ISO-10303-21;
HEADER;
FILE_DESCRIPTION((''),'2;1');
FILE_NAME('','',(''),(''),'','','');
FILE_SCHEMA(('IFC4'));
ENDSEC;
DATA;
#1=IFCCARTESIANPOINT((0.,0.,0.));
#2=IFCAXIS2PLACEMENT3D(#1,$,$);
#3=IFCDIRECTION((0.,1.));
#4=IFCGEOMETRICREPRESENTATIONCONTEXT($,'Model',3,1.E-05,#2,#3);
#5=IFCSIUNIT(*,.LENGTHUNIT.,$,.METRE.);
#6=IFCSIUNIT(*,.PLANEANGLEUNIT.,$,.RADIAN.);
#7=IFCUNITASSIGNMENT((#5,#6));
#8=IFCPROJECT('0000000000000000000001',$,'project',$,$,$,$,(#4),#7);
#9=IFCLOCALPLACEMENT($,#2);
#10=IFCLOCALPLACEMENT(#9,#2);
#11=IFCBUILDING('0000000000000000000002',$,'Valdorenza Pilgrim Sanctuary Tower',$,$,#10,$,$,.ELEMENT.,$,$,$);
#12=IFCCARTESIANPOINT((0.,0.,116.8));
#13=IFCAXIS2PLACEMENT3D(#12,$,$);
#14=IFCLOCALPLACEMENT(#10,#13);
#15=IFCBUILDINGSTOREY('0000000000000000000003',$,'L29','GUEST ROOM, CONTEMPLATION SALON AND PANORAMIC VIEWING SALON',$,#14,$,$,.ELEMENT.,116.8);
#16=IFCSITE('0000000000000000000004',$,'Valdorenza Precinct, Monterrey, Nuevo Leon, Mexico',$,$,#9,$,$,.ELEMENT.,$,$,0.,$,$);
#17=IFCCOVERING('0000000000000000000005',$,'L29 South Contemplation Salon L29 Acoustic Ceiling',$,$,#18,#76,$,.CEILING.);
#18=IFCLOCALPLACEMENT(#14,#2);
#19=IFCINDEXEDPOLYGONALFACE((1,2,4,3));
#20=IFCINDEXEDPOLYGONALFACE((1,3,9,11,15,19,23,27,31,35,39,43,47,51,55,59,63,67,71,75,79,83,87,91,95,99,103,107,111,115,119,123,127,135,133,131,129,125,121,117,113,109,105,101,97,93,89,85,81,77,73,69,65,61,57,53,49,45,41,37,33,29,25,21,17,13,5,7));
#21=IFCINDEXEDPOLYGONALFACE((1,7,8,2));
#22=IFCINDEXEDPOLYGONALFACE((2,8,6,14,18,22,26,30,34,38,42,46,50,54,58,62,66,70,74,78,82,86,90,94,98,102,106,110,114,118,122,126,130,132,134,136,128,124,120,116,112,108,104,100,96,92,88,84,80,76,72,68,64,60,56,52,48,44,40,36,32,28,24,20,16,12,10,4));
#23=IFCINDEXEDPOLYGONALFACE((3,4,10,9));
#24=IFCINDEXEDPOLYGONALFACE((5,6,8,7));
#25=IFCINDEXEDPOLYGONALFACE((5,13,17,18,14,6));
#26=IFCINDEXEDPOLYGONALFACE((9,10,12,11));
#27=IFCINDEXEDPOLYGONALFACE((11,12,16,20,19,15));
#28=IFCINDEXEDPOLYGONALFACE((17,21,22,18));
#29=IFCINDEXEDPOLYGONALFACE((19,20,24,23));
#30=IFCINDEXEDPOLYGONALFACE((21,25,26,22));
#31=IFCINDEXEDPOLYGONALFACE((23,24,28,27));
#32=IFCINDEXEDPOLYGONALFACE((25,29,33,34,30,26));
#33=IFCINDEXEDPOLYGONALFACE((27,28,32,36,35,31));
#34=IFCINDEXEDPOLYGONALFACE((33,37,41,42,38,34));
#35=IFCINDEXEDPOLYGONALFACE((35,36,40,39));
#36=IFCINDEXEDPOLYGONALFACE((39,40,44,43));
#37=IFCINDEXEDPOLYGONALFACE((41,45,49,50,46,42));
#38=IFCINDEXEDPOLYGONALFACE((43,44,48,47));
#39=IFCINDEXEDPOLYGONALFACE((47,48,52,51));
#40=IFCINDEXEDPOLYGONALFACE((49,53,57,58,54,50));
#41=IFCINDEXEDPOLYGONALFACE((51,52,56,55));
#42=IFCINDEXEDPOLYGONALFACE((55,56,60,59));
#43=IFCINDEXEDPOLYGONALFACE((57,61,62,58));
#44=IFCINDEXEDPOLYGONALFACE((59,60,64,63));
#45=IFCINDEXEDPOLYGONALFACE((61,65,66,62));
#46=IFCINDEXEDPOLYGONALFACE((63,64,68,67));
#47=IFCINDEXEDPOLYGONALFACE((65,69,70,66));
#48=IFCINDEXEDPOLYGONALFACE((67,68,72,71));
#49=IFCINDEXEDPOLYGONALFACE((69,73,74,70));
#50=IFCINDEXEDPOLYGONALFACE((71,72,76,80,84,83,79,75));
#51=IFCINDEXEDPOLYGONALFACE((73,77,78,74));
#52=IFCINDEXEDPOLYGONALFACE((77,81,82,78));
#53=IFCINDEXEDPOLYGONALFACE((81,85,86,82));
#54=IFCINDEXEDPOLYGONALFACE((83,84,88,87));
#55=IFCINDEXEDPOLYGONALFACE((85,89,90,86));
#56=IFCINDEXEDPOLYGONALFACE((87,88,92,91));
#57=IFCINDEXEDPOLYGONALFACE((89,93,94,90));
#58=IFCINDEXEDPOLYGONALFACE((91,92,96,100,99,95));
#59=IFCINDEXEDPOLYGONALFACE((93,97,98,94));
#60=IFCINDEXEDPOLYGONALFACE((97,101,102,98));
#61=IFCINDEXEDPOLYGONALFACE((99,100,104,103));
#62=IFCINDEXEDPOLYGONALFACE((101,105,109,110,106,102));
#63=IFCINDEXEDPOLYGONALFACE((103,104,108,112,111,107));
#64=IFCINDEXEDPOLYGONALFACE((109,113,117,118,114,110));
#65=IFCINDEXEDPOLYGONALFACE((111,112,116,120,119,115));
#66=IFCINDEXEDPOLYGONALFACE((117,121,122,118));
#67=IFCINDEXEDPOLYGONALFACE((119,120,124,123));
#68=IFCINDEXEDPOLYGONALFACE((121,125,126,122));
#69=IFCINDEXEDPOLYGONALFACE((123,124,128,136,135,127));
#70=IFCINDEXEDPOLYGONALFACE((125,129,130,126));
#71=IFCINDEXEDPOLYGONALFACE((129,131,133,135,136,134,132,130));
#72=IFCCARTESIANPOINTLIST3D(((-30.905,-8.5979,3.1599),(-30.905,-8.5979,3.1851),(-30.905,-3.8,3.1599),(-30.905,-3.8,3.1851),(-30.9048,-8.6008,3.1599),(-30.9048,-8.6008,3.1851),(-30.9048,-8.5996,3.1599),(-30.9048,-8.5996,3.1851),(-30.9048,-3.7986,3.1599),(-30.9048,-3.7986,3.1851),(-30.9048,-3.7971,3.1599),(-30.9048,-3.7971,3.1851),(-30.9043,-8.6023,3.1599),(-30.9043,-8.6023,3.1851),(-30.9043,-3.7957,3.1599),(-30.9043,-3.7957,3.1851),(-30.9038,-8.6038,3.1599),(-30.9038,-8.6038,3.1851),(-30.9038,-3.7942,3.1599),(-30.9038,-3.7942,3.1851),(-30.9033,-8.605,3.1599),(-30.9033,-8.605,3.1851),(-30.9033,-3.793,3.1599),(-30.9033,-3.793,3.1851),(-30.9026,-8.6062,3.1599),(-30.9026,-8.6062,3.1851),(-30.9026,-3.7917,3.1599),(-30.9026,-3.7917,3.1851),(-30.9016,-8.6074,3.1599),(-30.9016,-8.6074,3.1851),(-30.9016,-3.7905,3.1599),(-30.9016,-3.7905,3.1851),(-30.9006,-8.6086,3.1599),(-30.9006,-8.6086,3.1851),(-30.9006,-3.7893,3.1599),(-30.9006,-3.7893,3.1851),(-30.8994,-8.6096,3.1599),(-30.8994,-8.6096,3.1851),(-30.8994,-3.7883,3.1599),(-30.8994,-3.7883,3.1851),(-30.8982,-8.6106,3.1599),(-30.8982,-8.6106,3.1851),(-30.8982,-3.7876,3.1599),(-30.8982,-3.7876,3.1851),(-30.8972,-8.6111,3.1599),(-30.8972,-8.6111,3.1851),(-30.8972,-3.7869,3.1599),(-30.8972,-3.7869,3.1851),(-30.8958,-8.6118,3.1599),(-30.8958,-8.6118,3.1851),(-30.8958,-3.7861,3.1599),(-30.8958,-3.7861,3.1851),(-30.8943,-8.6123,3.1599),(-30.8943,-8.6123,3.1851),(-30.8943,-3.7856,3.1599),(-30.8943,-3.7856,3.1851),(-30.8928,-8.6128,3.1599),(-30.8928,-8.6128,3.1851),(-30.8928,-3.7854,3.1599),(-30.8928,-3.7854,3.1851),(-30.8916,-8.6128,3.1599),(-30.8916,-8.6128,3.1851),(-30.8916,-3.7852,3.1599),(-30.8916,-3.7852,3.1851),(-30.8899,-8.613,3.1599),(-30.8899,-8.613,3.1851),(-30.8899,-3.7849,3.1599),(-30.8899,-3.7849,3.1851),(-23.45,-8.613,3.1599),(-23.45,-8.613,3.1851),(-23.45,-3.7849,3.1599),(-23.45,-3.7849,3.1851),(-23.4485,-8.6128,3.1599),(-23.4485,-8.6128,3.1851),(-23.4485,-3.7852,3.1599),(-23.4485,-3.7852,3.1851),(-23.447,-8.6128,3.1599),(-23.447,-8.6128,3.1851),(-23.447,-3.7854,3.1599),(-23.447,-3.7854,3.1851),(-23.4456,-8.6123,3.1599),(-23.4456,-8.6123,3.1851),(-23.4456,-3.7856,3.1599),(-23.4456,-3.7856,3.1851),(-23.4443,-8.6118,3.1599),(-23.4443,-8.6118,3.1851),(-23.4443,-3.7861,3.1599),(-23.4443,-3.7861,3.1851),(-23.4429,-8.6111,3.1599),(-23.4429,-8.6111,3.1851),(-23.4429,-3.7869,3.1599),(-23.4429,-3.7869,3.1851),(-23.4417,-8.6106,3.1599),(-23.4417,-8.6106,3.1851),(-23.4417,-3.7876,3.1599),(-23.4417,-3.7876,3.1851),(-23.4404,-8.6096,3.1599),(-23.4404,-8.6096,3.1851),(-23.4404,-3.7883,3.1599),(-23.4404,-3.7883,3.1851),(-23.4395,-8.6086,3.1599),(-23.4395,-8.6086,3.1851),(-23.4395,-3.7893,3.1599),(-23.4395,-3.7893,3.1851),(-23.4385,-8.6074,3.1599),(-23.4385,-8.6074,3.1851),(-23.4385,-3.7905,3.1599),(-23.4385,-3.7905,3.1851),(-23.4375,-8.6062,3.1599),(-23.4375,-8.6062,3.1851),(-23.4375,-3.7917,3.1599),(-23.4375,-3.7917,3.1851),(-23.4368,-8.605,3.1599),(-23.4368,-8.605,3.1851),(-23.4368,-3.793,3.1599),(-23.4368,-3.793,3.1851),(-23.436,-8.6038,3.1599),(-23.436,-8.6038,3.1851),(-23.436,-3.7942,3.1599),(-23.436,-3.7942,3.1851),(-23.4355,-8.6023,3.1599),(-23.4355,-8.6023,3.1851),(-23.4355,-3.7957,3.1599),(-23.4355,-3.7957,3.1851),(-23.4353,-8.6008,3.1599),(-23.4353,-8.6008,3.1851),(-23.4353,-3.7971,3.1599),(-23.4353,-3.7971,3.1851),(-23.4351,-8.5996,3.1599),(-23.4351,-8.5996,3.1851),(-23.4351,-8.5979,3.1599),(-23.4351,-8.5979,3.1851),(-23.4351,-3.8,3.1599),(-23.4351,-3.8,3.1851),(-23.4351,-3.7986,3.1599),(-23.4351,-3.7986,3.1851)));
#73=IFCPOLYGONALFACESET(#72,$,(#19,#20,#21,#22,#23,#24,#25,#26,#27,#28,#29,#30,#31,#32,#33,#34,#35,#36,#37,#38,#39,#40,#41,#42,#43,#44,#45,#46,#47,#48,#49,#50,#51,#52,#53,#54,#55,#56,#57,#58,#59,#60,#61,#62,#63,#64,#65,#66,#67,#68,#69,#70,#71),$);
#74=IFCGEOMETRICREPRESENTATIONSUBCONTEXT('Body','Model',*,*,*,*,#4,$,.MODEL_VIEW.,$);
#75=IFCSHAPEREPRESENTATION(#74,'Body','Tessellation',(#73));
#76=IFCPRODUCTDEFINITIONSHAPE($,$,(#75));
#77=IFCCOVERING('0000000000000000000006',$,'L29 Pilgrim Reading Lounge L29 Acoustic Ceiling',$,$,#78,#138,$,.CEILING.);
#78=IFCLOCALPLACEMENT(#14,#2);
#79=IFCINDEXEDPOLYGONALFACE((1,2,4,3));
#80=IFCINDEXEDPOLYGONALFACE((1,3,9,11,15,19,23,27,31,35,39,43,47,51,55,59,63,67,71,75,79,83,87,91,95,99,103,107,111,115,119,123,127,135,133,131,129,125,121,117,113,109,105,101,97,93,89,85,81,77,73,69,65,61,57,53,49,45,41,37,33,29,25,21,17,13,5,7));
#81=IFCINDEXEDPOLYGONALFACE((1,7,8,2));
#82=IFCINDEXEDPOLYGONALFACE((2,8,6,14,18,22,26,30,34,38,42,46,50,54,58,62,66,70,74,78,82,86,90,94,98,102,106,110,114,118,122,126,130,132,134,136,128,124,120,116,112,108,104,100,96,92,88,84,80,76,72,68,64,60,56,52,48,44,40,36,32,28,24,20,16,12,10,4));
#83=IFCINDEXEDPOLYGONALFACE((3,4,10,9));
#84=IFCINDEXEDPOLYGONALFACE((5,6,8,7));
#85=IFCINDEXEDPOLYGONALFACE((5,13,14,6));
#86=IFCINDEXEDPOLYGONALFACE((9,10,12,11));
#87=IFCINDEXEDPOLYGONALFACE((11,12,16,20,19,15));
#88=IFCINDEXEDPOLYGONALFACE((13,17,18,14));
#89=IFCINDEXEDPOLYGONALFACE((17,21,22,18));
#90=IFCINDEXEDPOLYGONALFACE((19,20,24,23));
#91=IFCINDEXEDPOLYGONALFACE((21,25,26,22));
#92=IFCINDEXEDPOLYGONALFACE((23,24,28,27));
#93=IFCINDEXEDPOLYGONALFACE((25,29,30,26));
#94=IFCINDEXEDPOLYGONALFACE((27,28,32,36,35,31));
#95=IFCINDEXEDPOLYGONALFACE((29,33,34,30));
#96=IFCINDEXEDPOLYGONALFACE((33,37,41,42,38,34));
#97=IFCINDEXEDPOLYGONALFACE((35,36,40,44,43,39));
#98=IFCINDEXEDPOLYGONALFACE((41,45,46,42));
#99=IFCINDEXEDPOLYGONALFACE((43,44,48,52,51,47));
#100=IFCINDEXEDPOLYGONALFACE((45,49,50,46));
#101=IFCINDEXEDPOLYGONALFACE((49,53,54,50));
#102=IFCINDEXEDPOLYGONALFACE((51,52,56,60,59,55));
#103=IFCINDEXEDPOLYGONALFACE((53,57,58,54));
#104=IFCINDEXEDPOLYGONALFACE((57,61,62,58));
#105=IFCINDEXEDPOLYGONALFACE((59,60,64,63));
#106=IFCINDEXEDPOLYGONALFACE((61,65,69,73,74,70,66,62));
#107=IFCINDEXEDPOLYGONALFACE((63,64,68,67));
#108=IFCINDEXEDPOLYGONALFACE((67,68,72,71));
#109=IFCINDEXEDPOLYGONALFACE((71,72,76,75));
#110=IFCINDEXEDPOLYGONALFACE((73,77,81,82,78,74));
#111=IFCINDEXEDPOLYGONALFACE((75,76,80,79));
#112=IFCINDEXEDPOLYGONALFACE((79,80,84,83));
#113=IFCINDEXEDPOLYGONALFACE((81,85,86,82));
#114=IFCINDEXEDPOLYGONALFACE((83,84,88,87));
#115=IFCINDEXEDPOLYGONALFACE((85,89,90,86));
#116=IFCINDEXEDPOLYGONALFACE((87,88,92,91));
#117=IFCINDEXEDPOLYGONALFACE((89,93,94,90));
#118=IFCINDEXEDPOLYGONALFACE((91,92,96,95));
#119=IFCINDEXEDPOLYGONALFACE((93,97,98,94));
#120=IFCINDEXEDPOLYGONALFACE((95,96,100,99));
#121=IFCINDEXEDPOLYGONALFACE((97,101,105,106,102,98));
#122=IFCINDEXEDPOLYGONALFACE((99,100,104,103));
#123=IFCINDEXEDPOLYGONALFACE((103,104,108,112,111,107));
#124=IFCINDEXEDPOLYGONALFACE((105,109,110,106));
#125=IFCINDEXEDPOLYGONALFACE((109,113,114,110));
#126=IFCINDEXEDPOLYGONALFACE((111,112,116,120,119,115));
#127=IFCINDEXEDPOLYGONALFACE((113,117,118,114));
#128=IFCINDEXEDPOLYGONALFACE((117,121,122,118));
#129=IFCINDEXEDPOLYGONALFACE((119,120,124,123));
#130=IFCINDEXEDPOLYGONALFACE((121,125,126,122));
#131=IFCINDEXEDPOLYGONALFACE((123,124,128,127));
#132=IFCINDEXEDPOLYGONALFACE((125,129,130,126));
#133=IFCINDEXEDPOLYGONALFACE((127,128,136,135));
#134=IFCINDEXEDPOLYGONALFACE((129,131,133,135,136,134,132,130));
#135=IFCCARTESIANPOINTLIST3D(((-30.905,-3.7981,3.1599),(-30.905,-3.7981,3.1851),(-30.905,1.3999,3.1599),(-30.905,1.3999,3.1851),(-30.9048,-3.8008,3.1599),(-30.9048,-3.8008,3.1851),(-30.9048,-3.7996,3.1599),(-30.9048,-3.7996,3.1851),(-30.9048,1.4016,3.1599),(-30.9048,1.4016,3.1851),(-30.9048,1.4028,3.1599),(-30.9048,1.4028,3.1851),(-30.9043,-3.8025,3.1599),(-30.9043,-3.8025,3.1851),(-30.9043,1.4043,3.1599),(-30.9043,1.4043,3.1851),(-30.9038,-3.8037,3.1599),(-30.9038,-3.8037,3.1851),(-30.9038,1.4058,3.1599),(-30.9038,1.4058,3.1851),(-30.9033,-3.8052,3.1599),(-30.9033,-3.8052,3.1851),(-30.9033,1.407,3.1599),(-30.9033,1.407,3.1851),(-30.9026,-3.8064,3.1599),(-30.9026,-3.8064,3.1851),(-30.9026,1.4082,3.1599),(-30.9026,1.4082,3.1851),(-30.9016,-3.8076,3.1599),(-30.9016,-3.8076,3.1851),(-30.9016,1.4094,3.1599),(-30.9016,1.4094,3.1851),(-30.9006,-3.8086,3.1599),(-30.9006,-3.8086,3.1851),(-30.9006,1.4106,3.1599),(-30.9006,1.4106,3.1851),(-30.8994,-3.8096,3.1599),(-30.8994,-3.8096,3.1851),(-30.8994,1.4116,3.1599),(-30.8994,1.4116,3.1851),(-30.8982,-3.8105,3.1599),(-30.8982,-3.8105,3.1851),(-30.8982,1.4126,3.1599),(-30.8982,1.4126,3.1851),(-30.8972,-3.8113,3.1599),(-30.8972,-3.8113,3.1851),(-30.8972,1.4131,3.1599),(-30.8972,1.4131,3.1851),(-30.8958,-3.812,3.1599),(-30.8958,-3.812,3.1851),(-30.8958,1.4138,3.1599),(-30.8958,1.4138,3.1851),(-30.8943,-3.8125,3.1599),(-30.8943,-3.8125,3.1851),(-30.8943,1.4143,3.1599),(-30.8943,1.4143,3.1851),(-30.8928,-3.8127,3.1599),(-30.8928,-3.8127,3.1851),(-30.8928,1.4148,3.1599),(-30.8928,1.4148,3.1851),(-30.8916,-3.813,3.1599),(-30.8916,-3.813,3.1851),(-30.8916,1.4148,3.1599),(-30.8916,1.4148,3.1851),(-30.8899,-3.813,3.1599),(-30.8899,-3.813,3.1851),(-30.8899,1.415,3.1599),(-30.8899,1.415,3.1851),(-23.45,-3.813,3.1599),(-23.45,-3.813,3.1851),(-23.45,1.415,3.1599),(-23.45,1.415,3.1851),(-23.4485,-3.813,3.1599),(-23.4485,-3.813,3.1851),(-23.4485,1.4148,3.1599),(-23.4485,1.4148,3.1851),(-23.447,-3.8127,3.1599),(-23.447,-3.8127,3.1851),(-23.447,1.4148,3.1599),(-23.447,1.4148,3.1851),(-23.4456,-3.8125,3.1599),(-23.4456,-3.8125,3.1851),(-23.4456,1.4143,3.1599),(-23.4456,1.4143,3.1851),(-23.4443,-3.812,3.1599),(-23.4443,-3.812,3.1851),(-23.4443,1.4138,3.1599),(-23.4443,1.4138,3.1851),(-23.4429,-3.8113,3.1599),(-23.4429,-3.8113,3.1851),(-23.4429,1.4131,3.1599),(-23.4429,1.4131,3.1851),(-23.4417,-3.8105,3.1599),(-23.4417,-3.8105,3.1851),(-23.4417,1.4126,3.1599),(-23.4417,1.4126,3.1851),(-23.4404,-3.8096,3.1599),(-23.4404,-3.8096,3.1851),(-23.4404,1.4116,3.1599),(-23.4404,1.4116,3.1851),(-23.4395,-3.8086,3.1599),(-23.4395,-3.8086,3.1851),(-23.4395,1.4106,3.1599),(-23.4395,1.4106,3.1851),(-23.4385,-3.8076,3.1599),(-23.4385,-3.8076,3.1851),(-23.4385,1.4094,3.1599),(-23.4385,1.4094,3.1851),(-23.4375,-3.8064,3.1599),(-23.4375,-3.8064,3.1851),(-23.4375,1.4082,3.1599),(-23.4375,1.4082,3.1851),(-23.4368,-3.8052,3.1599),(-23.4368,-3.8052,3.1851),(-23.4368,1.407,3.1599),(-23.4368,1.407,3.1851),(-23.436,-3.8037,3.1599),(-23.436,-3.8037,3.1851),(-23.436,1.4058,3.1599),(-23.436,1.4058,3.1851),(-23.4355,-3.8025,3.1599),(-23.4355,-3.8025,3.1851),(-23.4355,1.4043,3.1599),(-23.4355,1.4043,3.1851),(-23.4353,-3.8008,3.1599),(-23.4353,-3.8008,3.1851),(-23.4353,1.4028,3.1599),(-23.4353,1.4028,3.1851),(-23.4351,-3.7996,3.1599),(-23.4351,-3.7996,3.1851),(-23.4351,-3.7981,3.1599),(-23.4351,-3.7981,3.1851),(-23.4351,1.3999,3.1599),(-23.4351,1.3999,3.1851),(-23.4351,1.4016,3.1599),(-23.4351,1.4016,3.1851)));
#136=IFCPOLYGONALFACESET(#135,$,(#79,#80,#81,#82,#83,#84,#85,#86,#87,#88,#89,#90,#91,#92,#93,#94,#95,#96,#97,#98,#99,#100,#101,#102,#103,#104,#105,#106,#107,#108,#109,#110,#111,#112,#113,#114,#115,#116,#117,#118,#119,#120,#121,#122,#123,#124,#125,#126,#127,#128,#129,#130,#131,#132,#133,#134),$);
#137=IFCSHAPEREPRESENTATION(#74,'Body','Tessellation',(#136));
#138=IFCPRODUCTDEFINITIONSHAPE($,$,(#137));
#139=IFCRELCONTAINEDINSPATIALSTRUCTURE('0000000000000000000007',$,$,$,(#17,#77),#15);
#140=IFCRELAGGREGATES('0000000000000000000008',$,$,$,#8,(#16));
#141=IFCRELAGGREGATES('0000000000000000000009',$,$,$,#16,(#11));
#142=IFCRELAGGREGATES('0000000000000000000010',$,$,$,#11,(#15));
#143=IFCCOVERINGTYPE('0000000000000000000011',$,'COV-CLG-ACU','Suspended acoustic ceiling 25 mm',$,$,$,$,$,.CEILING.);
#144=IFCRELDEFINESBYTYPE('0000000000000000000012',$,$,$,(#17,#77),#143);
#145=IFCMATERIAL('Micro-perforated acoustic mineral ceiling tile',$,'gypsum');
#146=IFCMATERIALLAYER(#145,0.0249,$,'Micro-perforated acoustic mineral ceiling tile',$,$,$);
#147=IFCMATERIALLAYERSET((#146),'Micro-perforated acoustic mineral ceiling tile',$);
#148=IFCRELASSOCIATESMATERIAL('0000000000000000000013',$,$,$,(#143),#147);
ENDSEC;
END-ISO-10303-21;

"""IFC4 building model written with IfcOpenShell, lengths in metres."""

from ifc_helpers import new_model, si_unit, direction, frame, origin, place, context, subcontext, project, spatial, polyline, outline, extrude, material, layer, layer_set, type_object, element, save


model = new_model("IFC4")

# Units and contexts
model_context = context("Model", 3, precision=1e-05, world=origin(), true_north=direction((0.0, 1.0)))
body_context = subcontext(model_context, "Body", "Model", "MODEL_VIEW")
ifc_project = project(units=[si_unit("LENGTHUNIT", "METRE"), si_unit("PLANEANGLEUNIT", "RADIAN")], contexts=[model_context])

# Site, building, storey
site_placement = place(None, origin())
site = spatial("IfcSite", under=ifc_project, at=site_placement, Name="Valdorenza Precinct, Monterrey, Nuevo Leon, Mexico", CompositionType="ELEMENT", RefElevation=0.0)
building_placement = place(site_placement, origin())
building = spatial("IfcBuilding", under=site, at=building_placement, Name="Valdorenza Pilgrim Sanctuary Tower", CompositionType="ELEMENT")
storey_placement = place(building_placement, frame((0.0, 0.0, 116.8)))
storey = spatial("IfcBuildingStorey", under=building, at=storey_placement, Name="L29", Description="GUEST ROOM, CONTEMPLATION SALON AND PANORAMIC VIEWING SALON", CompositionType="ELEMENT", Elevation=116.8)

# Coverings
ifc_material_1 = material(Name="Micro-perforated acoustic mineral ceiling tile", Category="gypsum")
ifc_layer_1 = layer(ifc_material_1, 0.0249, Name="Micro-perforated acoustic mineral ceiling tile")
ifc_layer_set_1 = layer_set([ifc_layer_1], Name="Micro-perforated acoustic mineral ceiling tile")
covering_type_1 = type_object("IfcCoveringType", Name="COV-CLG-ACU", Description="Suspended acoustic ceiling 25 mm", PredefinedType="CEILING", material=ifc_layer_set_1)
covering_1_placement = place(storey_placement, frame((0.0, 0.0, 3.1599)))
element("IfcCovering", 1, at=covering_1_placement, inside=storey, type_object=covering_type_1, Name="L29 South Contemplation Salon L29 Acoustic Ceiling", PredefinedType="CEILING", context=body_context, shape_type="SweptSolid", body=[
    extrude(outline(polyline([(-23.4351, -8.5979), (-23.4351, -8.5996), (-23.4353, -8.6008), (-23.4355, -8.6023), (-23.436, -8.6038), (-23.4368, -8.605), (-23.4375, -8.6062), (-23.4385, -8.6074), (-23.4395, -8.6086), (-23.4404, -8.6096), (-23.4417, -8.6106), (-23.4429, -8.6111), (-23.4443, -8.6118), (-23.4456, -8.6123), (-23.447, -8.6128), (-23.4485, -8.6128), (-23.45, -8.613), (-30.8899, -8.613), (-30.8916, -8.6128), (-30.8928, -8.6128), (-30.8943, -8.6123), (-30.8958, -8.6118), (-30.8972, -8.6111), (-30.8982, -8.6106), (-30.8994, -8.6096), (-30.9006, -8.6086), (-30.9016, -8.6074), (-30.9026, -8.6062), (-30.9033, -8.605), (-30.9038, -8.6038), (-30.9043, -8.6023), (-30.9048, -8.6008), (-30.9048, -8.5996), (-30.905, -8.5979), (-30.905, -3.8), (-30.9048, -3.7986), (-30.9048, -3.7971), (-30.9043, -3.7957), (-30.9038, -3.7942), (-30.9033, -3.793), (-30.9026, -3.7917), (-30.9016, -3.7905), (-30.9006, -3.7893), (-30.8994, -3.7883), (-30.8982, -3.7876), (-30.8972, -3.7869), (-30.8958, -3.7861), (-30.8943, -3.7856), (-30.8928, -3.7854), (-30.8916, -3.7852), (-30.8899, -3.7849), (-23.45, -3.7849), (-23.4485, -3.7852), (-23.447, -3.7854), (-23.4456, -3.7856), (-23.4443, -3.7861), (-23.4429, -3.7869), (-23.4417, -3.7876), (-23.4404, -3.7883), (-23.4395, -3.7893), (-23.4385, -3.7905), (-23.4375, -3.7917), (-23.4368, -3.793), (-23.436, -3.7942), (-23.4355, -3.7957), (-23.4353, -3.7971), (-23.4351, -3.7986), (-23.4351, -3.8), (-23.4351, -8.5979)])), origin(), (0.0, 0.0, 1.0), 0.0251),
])
covering_2_placement = place(storey_placement, frame((0.0, 0.0, 3.1599)))
element("IfcCovering", 2, at=covering_2_placement, inside=storey, type_object=covering_type_1, Name="L29 Pilgrim Reading Lounge L29 Acoustic Ceiling", PredefinedType="CEILING", context=body_context, shape_type="SweptSolid", body=[
    extrude(outline(polyline([(-23.4351, -3.7981), (-23.4351, -3.7996), (-23.4353, -3.8008), (-23.4355, -3.8025), (-23.436, -3.8037), (-23.4368, -3.8052), (-23.4375, -3.8064), (-23.4385, -3.8076), (-23.4395, -3.8086), (-23.4404, -3.8096), (-23.4417, -3.8105), (-23.4429, -3.8113), (-23.4443, -3.812), (-23.4456, -3.8125), (-23.447, -3.8127), (-23.4485, -3.813), (-23.45, -3.813), (-30.8899, -3.813), (-30.8916, -3.813), (-30.8928, -3.8127), (-30.8943, -3.8125), (-30.8958, -3.812), (-30.8972, -3.8113), (-30.8982, -3.8105), (-30.8994, -3.8096), (-30.9006, -3.8086), (-30.9016, -3.8076), (-30.9026, -3.8064), (-30.9033, -3.8052), (-30.9038, -3.8037), (-30.9043, -3.8025), (-30.9048, -3.8008), (-30.9048, -3.7996), (-30.905, -3.7981), (-30.905, 1.3999), (-30.9048, 1.4016), (-30.9048, 1.4028), (-30.9043, 1.4043), (-30.9038, 1.4058), (-30.9033, 1.407), (-30.9026, 1.4082), (-30.9016, 1.4094), (-30.9006, 1.4106), (-30.8994, 1.4116), (-30.8982, 1.4126), (-30.8972, 1.4131), (-30.8958, 1.4138), (-30.8943, 1.4143), (-30.8928, 1.4148), (-30.8916, 1.4148), (-30.8899, 1.415), (-23.45, 1.415), (-23.4485, 1.4148), (-23.447, 1.4148), (-23.4456, 1.4143), (-23.4443, 1.4138), (-23.4429, 1.4131), (-23.4417, 1.4126), (-23.4404, 1.4116), (-23.4395, 1.4106), (-23.4385, 1.4094), (-23.4375, 1.4082), (-23.4368, 1.407), (-23.436, 1.4058), (-23.4355, 1.4043), (-23.4353, 1.4028), (-23.4351, 1.4016), (-23.4351, 1.3999), (-23.4351, -3.7981)])), origin(), (0.0, 0.0, 1.0), 0.0251),
])

save(model, "model.ifc")
